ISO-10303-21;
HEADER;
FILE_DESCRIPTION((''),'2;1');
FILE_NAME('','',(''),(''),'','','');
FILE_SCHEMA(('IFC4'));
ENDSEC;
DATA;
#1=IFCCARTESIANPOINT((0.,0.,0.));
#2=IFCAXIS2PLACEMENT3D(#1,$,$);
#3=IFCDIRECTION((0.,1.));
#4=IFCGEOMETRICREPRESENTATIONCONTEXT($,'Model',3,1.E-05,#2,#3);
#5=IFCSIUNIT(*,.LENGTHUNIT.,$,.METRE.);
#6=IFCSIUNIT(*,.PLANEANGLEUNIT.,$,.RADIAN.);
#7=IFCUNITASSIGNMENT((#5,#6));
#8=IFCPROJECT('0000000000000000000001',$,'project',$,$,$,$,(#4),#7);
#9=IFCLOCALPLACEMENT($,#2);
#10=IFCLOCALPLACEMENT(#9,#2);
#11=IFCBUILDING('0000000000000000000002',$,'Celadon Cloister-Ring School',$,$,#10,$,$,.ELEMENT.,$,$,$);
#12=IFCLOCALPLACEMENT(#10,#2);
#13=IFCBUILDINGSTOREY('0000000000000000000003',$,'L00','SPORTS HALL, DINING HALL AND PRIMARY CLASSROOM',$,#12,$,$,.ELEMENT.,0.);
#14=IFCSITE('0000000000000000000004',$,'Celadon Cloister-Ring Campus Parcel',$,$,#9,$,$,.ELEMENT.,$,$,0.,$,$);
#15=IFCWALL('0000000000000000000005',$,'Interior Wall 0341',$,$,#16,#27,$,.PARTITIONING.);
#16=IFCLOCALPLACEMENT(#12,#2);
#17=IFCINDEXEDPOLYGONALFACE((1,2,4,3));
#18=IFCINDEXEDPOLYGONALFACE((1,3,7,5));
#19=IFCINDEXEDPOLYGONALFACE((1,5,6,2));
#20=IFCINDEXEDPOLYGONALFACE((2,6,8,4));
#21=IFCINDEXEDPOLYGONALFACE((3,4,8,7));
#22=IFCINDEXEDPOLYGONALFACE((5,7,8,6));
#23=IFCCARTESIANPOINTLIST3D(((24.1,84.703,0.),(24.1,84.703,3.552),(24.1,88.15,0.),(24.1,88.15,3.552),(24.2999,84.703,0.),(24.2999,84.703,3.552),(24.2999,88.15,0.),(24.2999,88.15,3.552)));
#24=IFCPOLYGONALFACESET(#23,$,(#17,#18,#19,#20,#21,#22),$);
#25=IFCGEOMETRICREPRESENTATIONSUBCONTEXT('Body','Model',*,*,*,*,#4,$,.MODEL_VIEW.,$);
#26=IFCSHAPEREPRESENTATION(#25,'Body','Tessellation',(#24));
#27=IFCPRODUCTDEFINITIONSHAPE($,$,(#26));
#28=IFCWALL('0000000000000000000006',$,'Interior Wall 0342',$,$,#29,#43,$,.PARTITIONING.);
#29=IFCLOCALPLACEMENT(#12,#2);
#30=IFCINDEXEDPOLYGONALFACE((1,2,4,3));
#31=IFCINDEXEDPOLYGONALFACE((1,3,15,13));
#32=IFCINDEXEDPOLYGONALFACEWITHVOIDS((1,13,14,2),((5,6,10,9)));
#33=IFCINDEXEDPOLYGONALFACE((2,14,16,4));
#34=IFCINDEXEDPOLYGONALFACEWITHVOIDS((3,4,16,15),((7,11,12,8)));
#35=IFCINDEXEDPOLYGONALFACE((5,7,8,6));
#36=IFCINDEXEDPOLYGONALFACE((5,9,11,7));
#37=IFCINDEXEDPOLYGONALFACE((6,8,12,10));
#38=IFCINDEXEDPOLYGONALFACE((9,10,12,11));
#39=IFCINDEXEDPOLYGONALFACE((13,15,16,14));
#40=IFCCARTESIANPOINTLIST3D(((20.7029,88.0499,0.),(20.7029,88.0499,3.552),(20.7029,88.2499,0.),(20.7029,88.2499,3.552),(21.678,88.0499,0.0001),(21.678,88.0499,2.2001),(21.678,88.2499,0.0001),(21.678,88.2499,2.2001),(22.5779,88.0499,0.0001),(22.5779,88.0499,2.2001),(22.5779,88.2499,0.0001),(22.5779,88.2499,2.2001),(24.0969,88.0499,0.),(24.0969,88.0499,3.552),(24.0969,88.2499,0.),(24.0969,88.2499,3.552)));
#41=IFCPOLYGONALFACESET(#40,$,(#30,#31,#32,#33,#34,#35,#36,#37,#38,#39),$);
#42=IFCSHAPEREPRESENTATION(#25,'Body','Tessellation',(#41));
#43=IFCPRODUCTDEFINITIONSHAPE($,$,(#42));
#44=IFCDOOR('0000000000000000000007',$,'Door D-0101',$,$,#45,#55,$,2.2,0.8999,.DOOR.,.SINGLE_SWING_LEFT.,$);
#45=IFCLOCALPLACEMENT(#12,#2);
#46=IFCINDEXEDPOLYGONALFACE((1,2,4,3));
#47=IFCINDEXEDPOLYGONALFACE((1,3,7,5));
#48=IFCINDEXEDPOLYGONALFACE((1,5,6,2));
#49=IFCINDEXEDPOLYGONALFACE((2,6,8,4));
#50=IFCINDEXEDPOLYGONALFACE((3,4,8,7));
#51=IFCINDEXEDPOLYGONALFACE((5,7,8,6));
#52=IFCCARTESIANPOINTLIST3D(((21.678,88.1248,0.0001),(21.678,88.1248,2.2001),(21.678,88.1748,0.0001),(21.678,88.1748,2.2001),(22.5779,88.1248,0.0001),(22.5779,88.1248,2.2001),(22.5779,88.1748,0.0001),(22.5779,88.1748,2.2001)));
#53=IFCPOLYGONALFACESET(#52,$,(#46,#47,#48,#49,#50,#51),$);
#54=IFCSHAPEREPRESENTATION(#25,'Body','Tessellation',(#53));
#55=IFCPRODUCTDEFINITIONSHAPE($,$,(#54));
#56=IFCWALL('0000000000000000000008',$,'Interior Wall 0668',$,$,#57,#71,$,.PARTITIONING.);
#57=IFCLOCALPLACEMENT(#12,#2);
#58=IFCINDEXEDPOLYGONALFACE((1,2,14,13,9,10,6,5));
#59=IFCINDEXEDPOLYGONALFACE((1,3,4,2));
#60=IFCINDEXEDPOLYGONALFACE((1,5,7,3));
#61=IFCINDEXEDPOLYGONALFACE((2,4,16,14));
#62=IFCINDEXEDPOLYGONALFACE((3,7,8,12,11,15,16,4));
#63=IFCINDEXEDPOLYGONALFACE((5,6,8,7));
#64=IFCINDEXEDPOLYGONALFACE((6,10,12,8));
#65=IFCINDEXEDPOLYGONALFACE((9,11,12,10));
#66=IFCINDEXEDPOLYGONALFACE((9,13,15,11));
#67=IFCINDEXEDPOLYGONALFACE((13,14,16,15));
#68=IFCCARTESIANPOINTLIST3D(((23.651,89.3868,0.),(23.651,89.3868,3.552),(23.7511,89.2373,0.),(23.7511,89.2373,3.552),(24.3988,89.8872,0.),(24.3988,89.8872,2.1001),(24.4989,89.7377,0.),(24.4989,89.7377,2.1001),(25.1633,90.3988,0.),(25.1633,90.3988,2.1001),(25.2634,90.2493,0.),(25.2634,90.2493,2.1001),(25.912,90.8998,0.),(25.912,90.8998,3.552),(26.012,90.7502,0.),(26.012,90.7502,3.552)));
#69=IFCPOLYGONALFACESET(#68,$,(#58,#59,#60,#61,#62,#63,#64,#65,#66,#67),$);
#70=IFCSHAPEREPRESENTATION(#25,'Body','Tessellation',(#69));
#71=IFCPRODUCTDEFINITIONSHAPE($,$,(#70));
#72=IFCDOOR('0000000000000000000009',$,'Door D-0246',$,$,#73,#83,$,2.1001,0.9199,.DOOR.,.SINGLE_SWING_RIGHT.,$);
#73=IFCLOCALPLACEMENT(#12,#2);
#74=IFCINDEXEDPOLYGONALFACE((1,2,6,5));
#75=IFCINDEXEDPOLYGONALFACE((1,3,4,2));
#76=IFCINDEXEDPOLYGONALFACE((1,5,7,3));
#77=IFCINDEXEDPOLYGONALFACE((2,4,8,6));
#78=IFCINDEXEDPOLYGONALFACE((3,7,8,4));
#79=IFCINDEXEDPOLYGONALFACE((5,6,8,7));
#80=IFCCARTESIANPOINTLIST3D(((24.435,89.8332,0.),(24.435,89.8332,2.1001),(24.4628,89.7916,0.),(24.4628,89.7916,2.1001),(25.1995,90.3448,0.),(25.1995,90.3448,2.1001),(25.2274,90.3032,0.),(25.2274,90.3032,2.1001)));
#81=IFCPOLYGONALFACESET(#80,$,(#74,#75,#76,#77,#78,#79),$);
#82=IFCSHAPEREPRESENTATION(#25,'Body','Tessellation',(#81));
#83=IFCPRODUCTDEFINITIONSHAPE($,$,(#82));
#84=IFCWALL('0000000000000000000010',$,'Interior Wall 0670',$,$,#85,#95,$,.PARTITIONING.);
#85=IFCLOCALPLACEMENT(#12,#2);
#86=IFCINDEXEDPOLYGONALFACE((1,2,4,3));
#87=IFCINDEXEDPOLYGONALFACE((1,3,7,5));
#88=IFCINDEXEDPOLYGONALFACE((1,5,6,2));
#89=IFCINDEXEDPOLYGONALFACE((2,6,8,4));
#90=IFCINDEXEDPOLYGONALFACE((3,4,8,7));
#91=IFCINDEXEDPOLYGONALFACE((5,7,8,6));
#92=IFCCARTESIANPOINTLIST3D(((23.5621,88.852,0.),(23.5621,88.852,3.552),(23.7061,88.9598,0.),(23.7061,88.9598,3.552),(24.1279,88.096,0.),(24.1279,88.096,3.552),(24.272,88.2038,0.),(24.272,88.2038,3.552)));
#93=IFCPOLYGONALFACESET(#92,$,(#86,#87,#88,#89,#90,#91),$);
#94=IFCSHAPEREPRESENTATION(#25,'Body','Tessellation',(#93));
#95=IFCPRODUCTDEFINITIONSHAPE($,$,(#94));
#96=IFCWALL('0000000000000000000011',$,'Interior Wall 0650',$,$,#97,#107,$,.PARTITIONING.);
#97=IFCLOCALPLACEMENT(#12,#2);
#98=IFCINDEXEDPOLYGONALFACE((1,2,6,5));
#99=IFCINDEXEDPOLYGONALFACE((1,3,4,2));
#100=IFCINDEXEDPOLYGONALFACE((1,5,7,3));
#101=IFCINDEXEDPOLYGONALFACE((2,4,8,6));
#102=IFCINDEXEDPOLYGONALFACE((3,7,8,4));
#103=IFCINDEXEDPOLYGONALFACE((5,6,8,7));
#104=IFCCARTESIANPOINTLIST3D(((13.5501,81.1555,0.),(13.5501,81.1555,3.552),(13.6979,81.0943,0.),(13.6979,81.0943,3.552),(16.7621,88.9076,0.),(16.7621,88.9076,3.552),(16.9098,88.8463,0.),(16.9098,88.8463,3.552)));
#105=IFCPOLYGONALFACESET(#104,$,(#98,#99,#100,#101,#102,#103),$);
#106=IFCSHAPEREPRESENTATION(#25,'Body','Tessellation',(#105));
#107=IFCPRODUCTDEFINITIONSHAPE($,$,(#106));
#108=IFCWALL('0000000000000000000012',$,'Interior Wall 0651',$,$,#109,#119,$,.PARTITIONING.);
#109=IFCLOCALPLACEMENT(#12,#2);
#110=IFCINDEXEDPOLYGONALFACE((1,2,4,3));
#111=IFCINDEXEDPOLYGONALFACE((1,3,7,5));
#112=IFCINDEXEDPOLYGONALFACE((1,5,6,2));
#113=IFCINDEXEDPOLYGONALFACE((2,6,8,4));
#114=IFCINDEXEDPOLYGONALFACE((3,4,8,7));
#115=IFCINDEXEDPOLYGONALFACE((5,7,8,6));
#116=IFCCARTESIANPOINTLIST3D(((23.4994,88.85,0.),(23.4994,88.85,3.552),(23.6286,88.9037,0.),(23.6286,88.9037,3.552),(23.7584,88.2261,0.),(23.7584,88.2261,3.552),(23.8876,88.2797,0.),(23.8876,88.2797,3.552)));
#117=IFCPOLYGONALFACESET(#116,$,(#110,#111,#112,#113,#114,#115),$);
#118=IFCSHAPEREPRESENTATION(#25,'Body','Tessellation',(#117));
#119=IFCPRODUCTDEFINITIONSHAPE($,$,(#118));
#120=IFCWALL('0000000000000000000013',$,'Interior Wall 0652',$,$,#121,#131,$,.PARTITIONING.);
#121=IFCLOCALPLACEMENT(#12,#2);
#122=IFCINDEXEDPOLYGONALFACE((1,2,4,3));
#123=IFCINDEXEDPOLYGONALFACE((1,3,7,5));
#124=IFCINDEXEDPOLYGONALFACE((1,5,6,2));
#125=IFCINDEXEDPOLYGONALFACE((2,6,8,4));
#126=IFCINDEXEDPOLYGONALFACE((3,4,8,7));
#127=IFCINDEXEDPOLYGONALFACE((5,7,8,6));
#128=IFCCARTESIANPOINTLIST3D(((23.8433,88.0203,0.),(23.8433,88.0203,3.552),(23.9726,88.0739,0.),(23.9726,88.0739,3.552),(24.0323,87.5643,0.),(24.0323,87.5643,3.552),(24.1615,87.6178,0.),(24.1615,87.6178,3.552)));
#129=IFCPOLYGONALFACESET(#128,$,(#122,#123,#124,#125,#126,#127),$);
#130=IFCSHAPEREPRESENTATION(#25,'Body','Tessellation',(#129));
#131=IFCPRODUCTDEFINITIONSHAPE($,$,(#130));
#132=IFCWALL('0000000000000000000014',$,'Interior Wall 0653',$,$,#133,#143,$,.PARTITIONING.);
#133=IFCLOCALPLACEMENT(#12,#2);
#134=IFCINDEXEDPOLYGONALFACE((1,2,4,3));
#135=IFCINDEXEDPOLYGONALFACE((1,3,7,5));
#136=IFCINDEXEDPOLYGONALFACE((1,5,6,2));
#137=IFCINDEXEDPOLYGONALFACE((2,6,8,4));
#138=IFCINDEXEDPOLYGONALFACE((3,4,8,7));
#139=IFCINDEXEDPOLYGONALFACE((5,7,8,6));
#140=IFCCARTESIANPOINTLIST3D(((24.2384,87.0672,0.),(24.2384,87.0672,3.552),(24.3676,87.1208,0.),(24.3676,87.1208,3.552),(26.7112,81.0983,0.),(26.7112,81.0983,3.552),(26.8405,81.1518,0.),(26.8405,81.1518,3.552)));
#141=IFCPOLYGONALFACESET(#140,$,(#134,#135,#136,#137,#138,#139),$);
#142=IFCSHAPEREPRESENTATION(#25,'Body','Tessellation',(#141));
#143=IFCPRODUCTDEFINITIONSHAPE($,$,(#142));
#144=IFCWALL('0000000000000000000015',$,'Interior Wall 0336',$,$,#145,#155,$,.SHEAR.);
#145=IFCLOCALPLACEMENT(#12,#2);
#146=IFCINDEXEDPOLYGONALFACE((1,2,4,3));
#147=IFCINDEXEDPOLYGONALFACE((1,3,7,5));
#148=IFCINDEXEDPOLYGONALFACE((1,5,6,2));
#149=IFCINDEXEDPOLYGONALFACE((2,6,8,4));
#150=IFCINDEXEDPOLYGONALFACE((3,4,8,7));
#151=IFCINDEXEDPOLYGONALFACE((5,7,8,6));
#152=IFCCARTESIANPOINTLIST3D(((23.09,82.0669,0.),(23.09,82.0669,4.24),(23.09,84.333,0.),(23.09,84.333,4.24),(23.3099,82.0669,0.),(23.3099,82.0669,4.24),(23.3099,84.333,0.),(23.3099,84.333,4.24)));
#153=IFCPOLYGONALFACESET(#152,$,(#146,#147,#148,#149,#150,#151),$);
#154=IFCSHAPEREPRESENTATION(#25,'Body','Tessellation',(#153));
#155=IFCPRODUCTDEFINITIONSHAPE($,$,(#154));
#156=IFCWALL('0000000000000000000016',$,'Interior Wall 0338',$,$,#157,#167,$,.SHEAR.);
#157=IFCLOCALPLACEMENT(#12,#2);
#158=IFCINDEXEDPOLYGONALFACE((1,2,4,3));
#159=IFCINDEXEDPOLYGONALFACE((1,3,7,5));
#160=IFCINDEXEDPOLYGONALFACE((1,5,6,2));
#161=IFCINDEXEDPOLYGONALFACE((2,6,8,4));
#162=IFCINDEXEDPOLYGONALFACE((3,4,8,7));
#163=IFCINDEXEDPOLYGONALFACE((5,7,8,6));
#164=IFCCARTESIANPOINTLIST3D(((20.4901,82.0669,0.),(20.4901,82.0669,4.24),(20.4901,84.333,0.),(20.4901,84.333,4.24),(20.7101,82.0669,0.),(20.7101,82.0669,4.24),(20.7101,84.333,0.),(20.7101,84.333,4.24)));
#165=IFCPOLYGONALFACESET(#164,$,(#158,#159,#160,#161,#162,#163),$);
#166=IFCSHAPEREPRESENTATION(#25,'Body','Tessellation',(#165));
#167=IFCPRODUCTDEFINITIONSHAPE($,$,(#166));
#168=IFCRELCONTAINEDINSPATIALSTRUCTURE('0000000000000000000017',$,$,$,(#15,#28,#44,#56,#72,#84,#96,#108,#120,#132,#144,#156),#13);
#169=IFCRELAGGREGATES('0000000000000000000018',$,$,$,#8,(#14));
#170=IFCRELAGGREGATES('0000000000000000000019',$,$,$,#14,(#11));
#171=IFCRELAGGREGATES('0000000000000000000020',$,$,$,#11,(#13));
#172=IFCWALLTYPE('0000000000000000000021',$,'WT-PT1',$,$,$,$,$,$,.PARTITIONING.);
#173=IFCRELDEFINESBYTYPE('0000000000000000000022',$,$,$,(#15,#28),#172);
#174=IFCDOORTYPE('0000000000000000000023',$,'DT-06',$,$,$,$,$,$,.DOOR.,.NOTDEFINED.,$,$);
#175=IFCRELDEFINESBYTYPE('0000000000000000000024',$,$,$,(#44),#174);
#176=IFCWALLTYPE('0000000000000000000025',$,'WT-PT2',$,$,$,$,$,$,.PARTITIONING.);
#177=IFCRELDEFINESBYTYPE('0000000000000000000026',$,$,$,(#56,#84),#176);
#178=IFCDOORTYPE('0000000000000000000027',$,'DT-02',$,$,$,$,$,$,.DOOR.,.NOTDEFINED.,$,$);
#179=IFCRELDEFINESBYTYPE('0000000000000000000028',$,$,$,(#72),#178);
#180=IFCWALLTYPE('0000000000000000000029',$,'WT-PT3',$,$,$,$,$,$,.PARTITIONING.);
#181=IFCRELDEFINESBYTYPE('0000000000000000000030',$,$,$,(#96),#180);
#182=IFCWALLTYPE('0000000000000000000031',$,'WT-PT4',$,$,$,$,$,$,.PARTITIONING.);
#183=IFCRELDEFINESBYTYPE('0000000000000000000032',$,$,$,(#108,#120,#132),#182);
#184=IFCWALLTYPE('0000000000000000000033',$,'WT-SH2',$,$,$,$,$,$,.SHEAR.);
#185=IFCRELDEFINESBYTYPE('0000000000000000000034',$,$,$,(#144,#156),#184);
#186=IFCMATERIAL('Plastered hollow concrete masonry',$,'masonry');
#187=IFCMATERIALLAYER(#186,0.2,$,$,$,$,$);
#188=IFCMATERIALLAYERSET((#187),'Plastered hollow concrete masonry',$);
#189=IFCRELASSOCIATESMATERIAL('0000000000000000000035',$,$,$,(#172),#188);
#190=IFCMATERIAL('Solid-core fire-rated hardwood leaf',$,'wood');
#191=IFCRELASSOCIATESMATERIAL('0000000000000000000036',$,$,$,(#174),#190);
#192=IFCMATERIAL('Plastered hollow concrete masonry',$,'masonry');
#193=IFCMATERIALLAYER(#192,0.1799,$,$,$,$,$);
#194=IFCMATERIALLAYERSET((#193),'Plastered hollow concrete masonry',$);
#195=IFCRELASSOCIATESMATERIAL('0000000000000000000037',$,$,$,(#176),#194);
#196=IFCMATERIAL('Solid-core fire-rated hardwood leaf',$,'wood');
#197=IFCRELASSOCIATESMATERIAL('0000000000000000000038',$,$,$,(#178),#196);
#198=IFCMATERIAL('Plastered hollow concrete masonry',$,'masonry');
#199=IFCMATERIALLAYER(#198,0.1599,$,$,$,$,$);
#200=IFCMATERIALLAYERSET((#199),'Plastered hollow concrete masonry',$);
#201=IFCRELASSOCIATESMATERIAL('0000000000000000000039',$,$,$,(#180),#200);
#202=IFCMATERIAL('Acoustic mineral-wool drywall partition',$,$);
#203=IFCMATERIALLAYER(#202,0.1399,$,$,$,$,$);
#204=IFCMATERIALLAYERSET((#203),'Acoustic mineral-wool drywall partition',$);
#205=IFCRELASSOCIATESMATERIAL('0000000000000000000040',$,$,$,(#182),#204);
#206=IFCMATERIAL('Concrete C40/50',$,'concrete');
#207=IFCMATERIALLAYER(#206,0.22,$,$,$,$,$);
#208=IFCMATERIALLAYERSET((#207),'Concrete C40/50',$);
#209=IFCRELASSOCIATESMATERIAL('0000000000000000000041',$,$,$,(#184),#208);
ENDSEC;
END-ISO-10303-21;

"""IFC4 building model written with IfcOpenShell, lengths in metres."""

from ifc_helpers import new_model, si_unit, direction, frame, frame_2d, origin, place, context, subcontext, project, spatial, rectangle, extrude, material, layer, layer_set, type_object, element, fill, save


model = new_model("IFC4")

# Units and contexts
model_context = context("Model", 3, precision=1e-05, world=origin(), true_north=direction((0.0, 1.0)))
body_context = subcontext(model_context, "Body", "Model", "MODEL_VIEW")
ifc_project = project(units=[si_unit("LENGTHUNIT", "METRE"), si_unit("PLANEANGLEUNIT", "RADIAN")], contexts=[model_context])

# Site, building, storey
site_placement = place(None, origin())
site = spatial("IfcSite", under=ifc_project, at=site_placement, Name="Celadon Cloister-Ring Campus Parcel", CompositionType="ELEMENT", RefElevation=0.0)
building_placement = place(site_placement, origin())
building = spatial("IfcBuilding", under=site, at=building_placement, Name="Celadon Cloister-Ring School", CompositionType="ELEMENT")
storey_placement = place(building_placement, origin())
storey = spatial("IfcBuildingStorey", under=building, at=storey_placement, Name="L00", Description="SPORTS HALL, DINING HALL AND PRIMARY CLASSROOM", CompositionType="ELEMENT", Elevation=0.0)

# Wall
ifc_material_1 = material(Name="Plastered hollow concrete masonry", Category="masonry")
ifc_layer_1 = layer(ifc_material_1, 0.2)
ifc_layer_set_1 = layer_set([ifc_layer_1], Name="Plastered hollow concrete masonry")
wall_type_1 = type_object("IfcWallType", Name="WT-PT1", PredefinedType="PARTITIONING", material=ifc_layer_set_1)
wall_1_placement = place(storey_placement, frame((24.2, 84.7029, 0.0), z_axis=(0.0, 0.0, 1.0), x_axis=(0.0, 1.0, 0.0)))
element("IfcWall", 1, at=wall_1_placement, inside=storey, type_object=wall_type_1, Name="Interior Wall 0341", PredefinedType="PARTITIONING", context=body_context, shape_type="SweptSolid", body=[
    extrude(rectangle(XDim=3.447, YDim=0.2, at=frame_2d((1.7236, 0.0))), origin(), (0.0, 0.0, 1.0), 3.552),
])

# Walls, openings, doors
wall_2_placement = place(storey_placement, frame((20.7029, 88.1499, 0.0), z_axis=(0.0, 0.0, 1.0), x_axis=(1.0, 0.0, 0.0)))
wall_2 = element("IfcWall", 2, at=wall_2_placement, inside=storey, type_object=wall_type_1, Name="Interior Wall 0342", PredefinedType="PARTITIONING", context=body_context, shape_type="SweptSolid", body=[
    extrude(rectangle(XDim=3.394, YDim=0.2, at=frame_2d((1.697, 0.0))), origin(), (0.0, 0.0, 1.0), 3.552),
])
opening_1_placement = place(wall_2_placement, frame((0.9751, 0.0, 0.0)))
opening_1 = element("IfcOpeningElement", 3, at=opening_1_placement, cuts=wall_2, PredefinedType="OPENING", context=body_context, shape_type="SweptSolid", body=[
    extrude(rectangle(XDim=0.8999, YDim=2.2, at=frame_2d((0.45, 1.1001))), frame((0.0, 0.1099, 0.0), z_axis=(0.0, -1.0, 0.0), x_axis=(1.0, 0.0, 0.0)), (0.0, 0.0, 1.0), 0.22),
])
ifc_material_2 = material(Name="Solid-core fire-rated hardwood leaf", Category="wood")
door_type_1 = type_object("IfcDoorType", Name="DT-06", OperationType="NOTDEFINED", PredefinedType="DOOR", material=ifc_material_2)
door_1_placement = place(opening_1_placement, origin())
door_1 = element("IfcDoor", 4, at=door_1_placement, inside=storey, type_object=door_type_1, Name="Door D-0101", OperationType="SINGLE_SWING_LEFT", OverallHeight=2.2, OverallWidth=0.8999, PredefinedType="DOOR", context=body_context, shape_type="SweptSolid", body=[
    extrude(rectangle(XDim=0.8999, YDim=2.2, at=frame_2d((0.45, 1.1001))), frame((0.0, 0.0249, 0.0), z_axis=(0.0, -1.0, 0.0), x_axis=(1.0, 0.0, 0.0)), (0.0, 0.0, 1.0), 0.05),
])
fill(opening_1, door_1)
ifc_material_3 = material(Name="Plastered hollow concrete masonry", Category="masonry")
ifc_layer_2 = layer(ifc_material_3, 0.1799)
ifc_layer_set_2 = layer_set([ifc_layer_2], Name="Plastered hollow concrete masonry")
wall_type_2 = type_object("IfcWallType", Name="WT-PT2", PredefinedType="PARTITIONING", material=ifc_layer_set_2)
wall_3_placement = place(storey_placement, frame((23.7009, 89.312, 0.0), z_axis=(0.0, 0.0, 1.0), x_axis=(0.831096, 0.556128, 0.0)))
wall_3 = element("IfcWall", 5, at=wall_3_placement, inside=storey, type_object=wall_type_2, Name="Interior Wall 0668", PredefinedType="PARTITIONING", context=body_context, shape_type="SweptSolid", body=[
    extrude(rectangle(XDim=2.7205, YDim=0.1799, at=frame_2d((1.3604, 0.0))), origin(), (0.0, 0.0, 1.0), 3.552),
])
opening_2_placement = place(wall_3_placement, frame((0.8999, 0.0, 0.0)))
opening_2 = element("IfcOpeningElement", 6, at=opening_2_placement, cuts=wall_3, PredefinedType="OPENING", context=body_context, shape_type="SweptSolid", body=[
    extrude(rectangle(XDim=0.9199, YDim=2.1001, at=frame_2d((0.46, 1.05))), frame((0.0, 0.1001, 0.0), z_axis=(0.0, -1.0, 0.0), x_axis=(1.0, 0.0, 0.0)), (0.0, 0.0, 1.0), 0.2),
])
ifc_material_4 = material(Name="Solid-core fire-rated hardwood leaf", Category="wood")
door_type_2 = type_object("IfcDoorType", Name="DT-02", OperationType="NOTDEFINED", PredefinedType="DOOR", material=ifc_material_4)
door_2_placement = place(opening_2_placement, origin())
door_2 = element("IfcDoor", 7, at=door_2_placement, inside=storey, type_object=door_type_2, Name="Door D-0246", OperationType="SINGLE_SWING_RIGHT", OverallHeight=2.1001, OverallWidth=0.9199, PredefinedType="DOOR", context=body_context, shape_type="SweptSolid", body=[
    extrude(rectangle(XDim=0.9199, YDim=2.1001, at=frame_2d((0.46, 1.05))), frame((0.0, 0.0249, 0.0), z_axis=(0.0, -1.0, 0.0), x_axis=(1.0, 0.0, 0.0)), (0.0, 0.0, 1.0), 0.05),
])
fill(opening_2, door_2)

# Walls
wall_4_placement = place(storey_placement, frame((24.2, 88.1499, 0.0), z_axis=(0.0, 0.0, 1.0), x_axis=(-0.599214, 0.800589, 0.0)))
element("IfcWall", 8, at=wall_4_placement, inside=storey, type_object=wall_type_2, Name="Interior Wall 0670", PredefinedType="PARTITIONING", context=body_context, shape_type="SweptSolid", body=[
    extrude(rectangle(XDim=0.9443, YDim=0.1799, at=frame_2d((0.4722, 0.0))), origin(), (0.0, 0.0, 1.0), 3.552),
])
ifc_material_5 = material(Name="Plastered hollow concrete masonry", Category="masonry")
ifc_layer_3 = layer(ifc_material_5, 0.1599)
ifc_layer_set_3 = layer_set([ifc_layer_3], Name="Plastered hollow concrete masonry")
wall_type_3 = type_object("IfcWallType", Name="WT-PT3", PredefinedType="PARTITIONING", material=ifc_layer_set_3)
wall_5_placement = place(storey_placement, frame((16.8359, 88.877, 0.0), z_axis=(0.0, 0.0, 1.0), x_axis=(-0.38278, -0.92384, 0.0)))
element("IfcWall", 9, at=wall_5_placement, inside=storey, type_object=wall_type_3, Name="Interior Wall 0650", PredefinedType="PARTITIONING", context=body_context, shape_type="SweptSolid", body=[
    extrude(rectangle(XDim=8.3911, YDim=0.1599, at=frame_2d((4.1956, 0.0))), origin(), (0.0, 0.0, 1.0), 3.552),
])
ifc_material_6 = material(Name="Acoustic mineral-wool drywall partition")
ifc_layer_4 = layer(ifc_material_6, 0.1399)
ifc_layer_set_4 = layer_set([ifc_layer_4], Name="Acoustic mineral-wool drywall partition")
wall_type_4 = type_object("IfcWallType", Name="WT-PT4", PredefinedType="PARTITIONING", material=ifc_layer_set_4)
wall_6_placement = place(storey_placement, frame((23.564, 88.877, 0.0), z_axis=(0.0, 0.0, 1.0), x_axis=(0.383383, -0.923589, 0.0)))
element("IfcWall", 10, at=wall_6_placement, inside=storey, type_object=wall_type_4, Name="Interior Wall 0651", PredefinedType="PARTITIONING", context=body_context, shape_type="SweptSolid", body=[
    extrude(rectangle(XDim=0.6755, YDim=0.1399, at=frame_2d((0.3379, 0.0))), origin(), (0.0, 0.0, 1.0), 3.552),
])
wall_7_placement = place(storey_placement, frame((23.908, 88.0471, 0.0), z_axis=(0.0, 0.0, 1.0), x_axis=(0.382789, -0.923836, 0.0)))
element("IfcWall", 11, at=wall_7_placement, inside=storey, type_object=wall_type_4, Name="Interior Wall 0652", PredefinedType="PARTITIONING", context=body_context, shape_type="SweptSolid", body=[
    extrude(rectangle(XDim=0.4937, YDim=0.1399, at=frame_2d((0.2468, 0.0))), origin(), (0.0, 0.0, 1.0), 3.552),
])
wall_8_placement = place(storey_placement, frame((24.303, 87.094, 0.0), z_axis=(0.0, 0.0, 1.0), x_axis=(0.382744, -0.923854, 0.0)))
element("IfcWall", 12, at=wall_8_placement, inside=storey, type_object=wall_type_4, Name="Interior Wall 0653", PredefinedType="PARTITIONING", context=body_context, shape_type="SweptSolid", body=[
    extrude(rectangle(XDim=6.4609, YDim=0.1399, at=frame_2d((3.2305, 0.0))), origin(), (0.0, 0.0, 1.0), 3.552),
])
ifc_material_7 = material(Name="Concrete C40/50", Category="concrete")
ifc_layer_5 = layer(ifc_material_7, 0.22)
ifc_layer_set_5 = layer_set([ifc_layer_5], Name="Concrete C40/50")
wall_type_5 = type_object("IfcWallType", Name="WT-SH2", PredefinedType="SHEAR", material=ifc_layer_set_5)
wall_9_placement = place(storey_placement, frame((23.2, 82.0669, 0.0), z_axis=(0.0, 0.0, 1.0), x_axis=(0.0, 1.0, 0.0)))
element("IfcWall", 13, at=wall_9_placement, inside=storey, type_object=wall_type_5, Name="Interior Wall 0336", PredefinedType="SHEAR", context=body_context, shape_type="SweptSolid", body=[
    extrude(rectangle(XDim=2.2661, YDim=0.22, at=frame_2d((1.1331, 0.0))), origin(), (0.0, 0.0, 1.0), 4.24),
])

# Wall
wall_10_placement = place(storey_placement, frame((20.6001, 84.333, 0.0), z_axis=(0.0, 0.0, 1.0), x_axis=(0.0, -1.0, 0.0)))
element("IfcWall", 14, at=wall_10_placement, inside=storey, type_object=wall_type_5, Name="Interior Wall 0338", PredefinedType="SHEAR", context=body_context, shape_type="SweptSolid", body=[
    extrude(rectangle(XDim=2.2661, YDim=0.22, at=frame_2d((1.1331, 0.0))), origin(), (0.0, 0.0, 1.0), 4.24),
])

save(model, "model.ifc")
